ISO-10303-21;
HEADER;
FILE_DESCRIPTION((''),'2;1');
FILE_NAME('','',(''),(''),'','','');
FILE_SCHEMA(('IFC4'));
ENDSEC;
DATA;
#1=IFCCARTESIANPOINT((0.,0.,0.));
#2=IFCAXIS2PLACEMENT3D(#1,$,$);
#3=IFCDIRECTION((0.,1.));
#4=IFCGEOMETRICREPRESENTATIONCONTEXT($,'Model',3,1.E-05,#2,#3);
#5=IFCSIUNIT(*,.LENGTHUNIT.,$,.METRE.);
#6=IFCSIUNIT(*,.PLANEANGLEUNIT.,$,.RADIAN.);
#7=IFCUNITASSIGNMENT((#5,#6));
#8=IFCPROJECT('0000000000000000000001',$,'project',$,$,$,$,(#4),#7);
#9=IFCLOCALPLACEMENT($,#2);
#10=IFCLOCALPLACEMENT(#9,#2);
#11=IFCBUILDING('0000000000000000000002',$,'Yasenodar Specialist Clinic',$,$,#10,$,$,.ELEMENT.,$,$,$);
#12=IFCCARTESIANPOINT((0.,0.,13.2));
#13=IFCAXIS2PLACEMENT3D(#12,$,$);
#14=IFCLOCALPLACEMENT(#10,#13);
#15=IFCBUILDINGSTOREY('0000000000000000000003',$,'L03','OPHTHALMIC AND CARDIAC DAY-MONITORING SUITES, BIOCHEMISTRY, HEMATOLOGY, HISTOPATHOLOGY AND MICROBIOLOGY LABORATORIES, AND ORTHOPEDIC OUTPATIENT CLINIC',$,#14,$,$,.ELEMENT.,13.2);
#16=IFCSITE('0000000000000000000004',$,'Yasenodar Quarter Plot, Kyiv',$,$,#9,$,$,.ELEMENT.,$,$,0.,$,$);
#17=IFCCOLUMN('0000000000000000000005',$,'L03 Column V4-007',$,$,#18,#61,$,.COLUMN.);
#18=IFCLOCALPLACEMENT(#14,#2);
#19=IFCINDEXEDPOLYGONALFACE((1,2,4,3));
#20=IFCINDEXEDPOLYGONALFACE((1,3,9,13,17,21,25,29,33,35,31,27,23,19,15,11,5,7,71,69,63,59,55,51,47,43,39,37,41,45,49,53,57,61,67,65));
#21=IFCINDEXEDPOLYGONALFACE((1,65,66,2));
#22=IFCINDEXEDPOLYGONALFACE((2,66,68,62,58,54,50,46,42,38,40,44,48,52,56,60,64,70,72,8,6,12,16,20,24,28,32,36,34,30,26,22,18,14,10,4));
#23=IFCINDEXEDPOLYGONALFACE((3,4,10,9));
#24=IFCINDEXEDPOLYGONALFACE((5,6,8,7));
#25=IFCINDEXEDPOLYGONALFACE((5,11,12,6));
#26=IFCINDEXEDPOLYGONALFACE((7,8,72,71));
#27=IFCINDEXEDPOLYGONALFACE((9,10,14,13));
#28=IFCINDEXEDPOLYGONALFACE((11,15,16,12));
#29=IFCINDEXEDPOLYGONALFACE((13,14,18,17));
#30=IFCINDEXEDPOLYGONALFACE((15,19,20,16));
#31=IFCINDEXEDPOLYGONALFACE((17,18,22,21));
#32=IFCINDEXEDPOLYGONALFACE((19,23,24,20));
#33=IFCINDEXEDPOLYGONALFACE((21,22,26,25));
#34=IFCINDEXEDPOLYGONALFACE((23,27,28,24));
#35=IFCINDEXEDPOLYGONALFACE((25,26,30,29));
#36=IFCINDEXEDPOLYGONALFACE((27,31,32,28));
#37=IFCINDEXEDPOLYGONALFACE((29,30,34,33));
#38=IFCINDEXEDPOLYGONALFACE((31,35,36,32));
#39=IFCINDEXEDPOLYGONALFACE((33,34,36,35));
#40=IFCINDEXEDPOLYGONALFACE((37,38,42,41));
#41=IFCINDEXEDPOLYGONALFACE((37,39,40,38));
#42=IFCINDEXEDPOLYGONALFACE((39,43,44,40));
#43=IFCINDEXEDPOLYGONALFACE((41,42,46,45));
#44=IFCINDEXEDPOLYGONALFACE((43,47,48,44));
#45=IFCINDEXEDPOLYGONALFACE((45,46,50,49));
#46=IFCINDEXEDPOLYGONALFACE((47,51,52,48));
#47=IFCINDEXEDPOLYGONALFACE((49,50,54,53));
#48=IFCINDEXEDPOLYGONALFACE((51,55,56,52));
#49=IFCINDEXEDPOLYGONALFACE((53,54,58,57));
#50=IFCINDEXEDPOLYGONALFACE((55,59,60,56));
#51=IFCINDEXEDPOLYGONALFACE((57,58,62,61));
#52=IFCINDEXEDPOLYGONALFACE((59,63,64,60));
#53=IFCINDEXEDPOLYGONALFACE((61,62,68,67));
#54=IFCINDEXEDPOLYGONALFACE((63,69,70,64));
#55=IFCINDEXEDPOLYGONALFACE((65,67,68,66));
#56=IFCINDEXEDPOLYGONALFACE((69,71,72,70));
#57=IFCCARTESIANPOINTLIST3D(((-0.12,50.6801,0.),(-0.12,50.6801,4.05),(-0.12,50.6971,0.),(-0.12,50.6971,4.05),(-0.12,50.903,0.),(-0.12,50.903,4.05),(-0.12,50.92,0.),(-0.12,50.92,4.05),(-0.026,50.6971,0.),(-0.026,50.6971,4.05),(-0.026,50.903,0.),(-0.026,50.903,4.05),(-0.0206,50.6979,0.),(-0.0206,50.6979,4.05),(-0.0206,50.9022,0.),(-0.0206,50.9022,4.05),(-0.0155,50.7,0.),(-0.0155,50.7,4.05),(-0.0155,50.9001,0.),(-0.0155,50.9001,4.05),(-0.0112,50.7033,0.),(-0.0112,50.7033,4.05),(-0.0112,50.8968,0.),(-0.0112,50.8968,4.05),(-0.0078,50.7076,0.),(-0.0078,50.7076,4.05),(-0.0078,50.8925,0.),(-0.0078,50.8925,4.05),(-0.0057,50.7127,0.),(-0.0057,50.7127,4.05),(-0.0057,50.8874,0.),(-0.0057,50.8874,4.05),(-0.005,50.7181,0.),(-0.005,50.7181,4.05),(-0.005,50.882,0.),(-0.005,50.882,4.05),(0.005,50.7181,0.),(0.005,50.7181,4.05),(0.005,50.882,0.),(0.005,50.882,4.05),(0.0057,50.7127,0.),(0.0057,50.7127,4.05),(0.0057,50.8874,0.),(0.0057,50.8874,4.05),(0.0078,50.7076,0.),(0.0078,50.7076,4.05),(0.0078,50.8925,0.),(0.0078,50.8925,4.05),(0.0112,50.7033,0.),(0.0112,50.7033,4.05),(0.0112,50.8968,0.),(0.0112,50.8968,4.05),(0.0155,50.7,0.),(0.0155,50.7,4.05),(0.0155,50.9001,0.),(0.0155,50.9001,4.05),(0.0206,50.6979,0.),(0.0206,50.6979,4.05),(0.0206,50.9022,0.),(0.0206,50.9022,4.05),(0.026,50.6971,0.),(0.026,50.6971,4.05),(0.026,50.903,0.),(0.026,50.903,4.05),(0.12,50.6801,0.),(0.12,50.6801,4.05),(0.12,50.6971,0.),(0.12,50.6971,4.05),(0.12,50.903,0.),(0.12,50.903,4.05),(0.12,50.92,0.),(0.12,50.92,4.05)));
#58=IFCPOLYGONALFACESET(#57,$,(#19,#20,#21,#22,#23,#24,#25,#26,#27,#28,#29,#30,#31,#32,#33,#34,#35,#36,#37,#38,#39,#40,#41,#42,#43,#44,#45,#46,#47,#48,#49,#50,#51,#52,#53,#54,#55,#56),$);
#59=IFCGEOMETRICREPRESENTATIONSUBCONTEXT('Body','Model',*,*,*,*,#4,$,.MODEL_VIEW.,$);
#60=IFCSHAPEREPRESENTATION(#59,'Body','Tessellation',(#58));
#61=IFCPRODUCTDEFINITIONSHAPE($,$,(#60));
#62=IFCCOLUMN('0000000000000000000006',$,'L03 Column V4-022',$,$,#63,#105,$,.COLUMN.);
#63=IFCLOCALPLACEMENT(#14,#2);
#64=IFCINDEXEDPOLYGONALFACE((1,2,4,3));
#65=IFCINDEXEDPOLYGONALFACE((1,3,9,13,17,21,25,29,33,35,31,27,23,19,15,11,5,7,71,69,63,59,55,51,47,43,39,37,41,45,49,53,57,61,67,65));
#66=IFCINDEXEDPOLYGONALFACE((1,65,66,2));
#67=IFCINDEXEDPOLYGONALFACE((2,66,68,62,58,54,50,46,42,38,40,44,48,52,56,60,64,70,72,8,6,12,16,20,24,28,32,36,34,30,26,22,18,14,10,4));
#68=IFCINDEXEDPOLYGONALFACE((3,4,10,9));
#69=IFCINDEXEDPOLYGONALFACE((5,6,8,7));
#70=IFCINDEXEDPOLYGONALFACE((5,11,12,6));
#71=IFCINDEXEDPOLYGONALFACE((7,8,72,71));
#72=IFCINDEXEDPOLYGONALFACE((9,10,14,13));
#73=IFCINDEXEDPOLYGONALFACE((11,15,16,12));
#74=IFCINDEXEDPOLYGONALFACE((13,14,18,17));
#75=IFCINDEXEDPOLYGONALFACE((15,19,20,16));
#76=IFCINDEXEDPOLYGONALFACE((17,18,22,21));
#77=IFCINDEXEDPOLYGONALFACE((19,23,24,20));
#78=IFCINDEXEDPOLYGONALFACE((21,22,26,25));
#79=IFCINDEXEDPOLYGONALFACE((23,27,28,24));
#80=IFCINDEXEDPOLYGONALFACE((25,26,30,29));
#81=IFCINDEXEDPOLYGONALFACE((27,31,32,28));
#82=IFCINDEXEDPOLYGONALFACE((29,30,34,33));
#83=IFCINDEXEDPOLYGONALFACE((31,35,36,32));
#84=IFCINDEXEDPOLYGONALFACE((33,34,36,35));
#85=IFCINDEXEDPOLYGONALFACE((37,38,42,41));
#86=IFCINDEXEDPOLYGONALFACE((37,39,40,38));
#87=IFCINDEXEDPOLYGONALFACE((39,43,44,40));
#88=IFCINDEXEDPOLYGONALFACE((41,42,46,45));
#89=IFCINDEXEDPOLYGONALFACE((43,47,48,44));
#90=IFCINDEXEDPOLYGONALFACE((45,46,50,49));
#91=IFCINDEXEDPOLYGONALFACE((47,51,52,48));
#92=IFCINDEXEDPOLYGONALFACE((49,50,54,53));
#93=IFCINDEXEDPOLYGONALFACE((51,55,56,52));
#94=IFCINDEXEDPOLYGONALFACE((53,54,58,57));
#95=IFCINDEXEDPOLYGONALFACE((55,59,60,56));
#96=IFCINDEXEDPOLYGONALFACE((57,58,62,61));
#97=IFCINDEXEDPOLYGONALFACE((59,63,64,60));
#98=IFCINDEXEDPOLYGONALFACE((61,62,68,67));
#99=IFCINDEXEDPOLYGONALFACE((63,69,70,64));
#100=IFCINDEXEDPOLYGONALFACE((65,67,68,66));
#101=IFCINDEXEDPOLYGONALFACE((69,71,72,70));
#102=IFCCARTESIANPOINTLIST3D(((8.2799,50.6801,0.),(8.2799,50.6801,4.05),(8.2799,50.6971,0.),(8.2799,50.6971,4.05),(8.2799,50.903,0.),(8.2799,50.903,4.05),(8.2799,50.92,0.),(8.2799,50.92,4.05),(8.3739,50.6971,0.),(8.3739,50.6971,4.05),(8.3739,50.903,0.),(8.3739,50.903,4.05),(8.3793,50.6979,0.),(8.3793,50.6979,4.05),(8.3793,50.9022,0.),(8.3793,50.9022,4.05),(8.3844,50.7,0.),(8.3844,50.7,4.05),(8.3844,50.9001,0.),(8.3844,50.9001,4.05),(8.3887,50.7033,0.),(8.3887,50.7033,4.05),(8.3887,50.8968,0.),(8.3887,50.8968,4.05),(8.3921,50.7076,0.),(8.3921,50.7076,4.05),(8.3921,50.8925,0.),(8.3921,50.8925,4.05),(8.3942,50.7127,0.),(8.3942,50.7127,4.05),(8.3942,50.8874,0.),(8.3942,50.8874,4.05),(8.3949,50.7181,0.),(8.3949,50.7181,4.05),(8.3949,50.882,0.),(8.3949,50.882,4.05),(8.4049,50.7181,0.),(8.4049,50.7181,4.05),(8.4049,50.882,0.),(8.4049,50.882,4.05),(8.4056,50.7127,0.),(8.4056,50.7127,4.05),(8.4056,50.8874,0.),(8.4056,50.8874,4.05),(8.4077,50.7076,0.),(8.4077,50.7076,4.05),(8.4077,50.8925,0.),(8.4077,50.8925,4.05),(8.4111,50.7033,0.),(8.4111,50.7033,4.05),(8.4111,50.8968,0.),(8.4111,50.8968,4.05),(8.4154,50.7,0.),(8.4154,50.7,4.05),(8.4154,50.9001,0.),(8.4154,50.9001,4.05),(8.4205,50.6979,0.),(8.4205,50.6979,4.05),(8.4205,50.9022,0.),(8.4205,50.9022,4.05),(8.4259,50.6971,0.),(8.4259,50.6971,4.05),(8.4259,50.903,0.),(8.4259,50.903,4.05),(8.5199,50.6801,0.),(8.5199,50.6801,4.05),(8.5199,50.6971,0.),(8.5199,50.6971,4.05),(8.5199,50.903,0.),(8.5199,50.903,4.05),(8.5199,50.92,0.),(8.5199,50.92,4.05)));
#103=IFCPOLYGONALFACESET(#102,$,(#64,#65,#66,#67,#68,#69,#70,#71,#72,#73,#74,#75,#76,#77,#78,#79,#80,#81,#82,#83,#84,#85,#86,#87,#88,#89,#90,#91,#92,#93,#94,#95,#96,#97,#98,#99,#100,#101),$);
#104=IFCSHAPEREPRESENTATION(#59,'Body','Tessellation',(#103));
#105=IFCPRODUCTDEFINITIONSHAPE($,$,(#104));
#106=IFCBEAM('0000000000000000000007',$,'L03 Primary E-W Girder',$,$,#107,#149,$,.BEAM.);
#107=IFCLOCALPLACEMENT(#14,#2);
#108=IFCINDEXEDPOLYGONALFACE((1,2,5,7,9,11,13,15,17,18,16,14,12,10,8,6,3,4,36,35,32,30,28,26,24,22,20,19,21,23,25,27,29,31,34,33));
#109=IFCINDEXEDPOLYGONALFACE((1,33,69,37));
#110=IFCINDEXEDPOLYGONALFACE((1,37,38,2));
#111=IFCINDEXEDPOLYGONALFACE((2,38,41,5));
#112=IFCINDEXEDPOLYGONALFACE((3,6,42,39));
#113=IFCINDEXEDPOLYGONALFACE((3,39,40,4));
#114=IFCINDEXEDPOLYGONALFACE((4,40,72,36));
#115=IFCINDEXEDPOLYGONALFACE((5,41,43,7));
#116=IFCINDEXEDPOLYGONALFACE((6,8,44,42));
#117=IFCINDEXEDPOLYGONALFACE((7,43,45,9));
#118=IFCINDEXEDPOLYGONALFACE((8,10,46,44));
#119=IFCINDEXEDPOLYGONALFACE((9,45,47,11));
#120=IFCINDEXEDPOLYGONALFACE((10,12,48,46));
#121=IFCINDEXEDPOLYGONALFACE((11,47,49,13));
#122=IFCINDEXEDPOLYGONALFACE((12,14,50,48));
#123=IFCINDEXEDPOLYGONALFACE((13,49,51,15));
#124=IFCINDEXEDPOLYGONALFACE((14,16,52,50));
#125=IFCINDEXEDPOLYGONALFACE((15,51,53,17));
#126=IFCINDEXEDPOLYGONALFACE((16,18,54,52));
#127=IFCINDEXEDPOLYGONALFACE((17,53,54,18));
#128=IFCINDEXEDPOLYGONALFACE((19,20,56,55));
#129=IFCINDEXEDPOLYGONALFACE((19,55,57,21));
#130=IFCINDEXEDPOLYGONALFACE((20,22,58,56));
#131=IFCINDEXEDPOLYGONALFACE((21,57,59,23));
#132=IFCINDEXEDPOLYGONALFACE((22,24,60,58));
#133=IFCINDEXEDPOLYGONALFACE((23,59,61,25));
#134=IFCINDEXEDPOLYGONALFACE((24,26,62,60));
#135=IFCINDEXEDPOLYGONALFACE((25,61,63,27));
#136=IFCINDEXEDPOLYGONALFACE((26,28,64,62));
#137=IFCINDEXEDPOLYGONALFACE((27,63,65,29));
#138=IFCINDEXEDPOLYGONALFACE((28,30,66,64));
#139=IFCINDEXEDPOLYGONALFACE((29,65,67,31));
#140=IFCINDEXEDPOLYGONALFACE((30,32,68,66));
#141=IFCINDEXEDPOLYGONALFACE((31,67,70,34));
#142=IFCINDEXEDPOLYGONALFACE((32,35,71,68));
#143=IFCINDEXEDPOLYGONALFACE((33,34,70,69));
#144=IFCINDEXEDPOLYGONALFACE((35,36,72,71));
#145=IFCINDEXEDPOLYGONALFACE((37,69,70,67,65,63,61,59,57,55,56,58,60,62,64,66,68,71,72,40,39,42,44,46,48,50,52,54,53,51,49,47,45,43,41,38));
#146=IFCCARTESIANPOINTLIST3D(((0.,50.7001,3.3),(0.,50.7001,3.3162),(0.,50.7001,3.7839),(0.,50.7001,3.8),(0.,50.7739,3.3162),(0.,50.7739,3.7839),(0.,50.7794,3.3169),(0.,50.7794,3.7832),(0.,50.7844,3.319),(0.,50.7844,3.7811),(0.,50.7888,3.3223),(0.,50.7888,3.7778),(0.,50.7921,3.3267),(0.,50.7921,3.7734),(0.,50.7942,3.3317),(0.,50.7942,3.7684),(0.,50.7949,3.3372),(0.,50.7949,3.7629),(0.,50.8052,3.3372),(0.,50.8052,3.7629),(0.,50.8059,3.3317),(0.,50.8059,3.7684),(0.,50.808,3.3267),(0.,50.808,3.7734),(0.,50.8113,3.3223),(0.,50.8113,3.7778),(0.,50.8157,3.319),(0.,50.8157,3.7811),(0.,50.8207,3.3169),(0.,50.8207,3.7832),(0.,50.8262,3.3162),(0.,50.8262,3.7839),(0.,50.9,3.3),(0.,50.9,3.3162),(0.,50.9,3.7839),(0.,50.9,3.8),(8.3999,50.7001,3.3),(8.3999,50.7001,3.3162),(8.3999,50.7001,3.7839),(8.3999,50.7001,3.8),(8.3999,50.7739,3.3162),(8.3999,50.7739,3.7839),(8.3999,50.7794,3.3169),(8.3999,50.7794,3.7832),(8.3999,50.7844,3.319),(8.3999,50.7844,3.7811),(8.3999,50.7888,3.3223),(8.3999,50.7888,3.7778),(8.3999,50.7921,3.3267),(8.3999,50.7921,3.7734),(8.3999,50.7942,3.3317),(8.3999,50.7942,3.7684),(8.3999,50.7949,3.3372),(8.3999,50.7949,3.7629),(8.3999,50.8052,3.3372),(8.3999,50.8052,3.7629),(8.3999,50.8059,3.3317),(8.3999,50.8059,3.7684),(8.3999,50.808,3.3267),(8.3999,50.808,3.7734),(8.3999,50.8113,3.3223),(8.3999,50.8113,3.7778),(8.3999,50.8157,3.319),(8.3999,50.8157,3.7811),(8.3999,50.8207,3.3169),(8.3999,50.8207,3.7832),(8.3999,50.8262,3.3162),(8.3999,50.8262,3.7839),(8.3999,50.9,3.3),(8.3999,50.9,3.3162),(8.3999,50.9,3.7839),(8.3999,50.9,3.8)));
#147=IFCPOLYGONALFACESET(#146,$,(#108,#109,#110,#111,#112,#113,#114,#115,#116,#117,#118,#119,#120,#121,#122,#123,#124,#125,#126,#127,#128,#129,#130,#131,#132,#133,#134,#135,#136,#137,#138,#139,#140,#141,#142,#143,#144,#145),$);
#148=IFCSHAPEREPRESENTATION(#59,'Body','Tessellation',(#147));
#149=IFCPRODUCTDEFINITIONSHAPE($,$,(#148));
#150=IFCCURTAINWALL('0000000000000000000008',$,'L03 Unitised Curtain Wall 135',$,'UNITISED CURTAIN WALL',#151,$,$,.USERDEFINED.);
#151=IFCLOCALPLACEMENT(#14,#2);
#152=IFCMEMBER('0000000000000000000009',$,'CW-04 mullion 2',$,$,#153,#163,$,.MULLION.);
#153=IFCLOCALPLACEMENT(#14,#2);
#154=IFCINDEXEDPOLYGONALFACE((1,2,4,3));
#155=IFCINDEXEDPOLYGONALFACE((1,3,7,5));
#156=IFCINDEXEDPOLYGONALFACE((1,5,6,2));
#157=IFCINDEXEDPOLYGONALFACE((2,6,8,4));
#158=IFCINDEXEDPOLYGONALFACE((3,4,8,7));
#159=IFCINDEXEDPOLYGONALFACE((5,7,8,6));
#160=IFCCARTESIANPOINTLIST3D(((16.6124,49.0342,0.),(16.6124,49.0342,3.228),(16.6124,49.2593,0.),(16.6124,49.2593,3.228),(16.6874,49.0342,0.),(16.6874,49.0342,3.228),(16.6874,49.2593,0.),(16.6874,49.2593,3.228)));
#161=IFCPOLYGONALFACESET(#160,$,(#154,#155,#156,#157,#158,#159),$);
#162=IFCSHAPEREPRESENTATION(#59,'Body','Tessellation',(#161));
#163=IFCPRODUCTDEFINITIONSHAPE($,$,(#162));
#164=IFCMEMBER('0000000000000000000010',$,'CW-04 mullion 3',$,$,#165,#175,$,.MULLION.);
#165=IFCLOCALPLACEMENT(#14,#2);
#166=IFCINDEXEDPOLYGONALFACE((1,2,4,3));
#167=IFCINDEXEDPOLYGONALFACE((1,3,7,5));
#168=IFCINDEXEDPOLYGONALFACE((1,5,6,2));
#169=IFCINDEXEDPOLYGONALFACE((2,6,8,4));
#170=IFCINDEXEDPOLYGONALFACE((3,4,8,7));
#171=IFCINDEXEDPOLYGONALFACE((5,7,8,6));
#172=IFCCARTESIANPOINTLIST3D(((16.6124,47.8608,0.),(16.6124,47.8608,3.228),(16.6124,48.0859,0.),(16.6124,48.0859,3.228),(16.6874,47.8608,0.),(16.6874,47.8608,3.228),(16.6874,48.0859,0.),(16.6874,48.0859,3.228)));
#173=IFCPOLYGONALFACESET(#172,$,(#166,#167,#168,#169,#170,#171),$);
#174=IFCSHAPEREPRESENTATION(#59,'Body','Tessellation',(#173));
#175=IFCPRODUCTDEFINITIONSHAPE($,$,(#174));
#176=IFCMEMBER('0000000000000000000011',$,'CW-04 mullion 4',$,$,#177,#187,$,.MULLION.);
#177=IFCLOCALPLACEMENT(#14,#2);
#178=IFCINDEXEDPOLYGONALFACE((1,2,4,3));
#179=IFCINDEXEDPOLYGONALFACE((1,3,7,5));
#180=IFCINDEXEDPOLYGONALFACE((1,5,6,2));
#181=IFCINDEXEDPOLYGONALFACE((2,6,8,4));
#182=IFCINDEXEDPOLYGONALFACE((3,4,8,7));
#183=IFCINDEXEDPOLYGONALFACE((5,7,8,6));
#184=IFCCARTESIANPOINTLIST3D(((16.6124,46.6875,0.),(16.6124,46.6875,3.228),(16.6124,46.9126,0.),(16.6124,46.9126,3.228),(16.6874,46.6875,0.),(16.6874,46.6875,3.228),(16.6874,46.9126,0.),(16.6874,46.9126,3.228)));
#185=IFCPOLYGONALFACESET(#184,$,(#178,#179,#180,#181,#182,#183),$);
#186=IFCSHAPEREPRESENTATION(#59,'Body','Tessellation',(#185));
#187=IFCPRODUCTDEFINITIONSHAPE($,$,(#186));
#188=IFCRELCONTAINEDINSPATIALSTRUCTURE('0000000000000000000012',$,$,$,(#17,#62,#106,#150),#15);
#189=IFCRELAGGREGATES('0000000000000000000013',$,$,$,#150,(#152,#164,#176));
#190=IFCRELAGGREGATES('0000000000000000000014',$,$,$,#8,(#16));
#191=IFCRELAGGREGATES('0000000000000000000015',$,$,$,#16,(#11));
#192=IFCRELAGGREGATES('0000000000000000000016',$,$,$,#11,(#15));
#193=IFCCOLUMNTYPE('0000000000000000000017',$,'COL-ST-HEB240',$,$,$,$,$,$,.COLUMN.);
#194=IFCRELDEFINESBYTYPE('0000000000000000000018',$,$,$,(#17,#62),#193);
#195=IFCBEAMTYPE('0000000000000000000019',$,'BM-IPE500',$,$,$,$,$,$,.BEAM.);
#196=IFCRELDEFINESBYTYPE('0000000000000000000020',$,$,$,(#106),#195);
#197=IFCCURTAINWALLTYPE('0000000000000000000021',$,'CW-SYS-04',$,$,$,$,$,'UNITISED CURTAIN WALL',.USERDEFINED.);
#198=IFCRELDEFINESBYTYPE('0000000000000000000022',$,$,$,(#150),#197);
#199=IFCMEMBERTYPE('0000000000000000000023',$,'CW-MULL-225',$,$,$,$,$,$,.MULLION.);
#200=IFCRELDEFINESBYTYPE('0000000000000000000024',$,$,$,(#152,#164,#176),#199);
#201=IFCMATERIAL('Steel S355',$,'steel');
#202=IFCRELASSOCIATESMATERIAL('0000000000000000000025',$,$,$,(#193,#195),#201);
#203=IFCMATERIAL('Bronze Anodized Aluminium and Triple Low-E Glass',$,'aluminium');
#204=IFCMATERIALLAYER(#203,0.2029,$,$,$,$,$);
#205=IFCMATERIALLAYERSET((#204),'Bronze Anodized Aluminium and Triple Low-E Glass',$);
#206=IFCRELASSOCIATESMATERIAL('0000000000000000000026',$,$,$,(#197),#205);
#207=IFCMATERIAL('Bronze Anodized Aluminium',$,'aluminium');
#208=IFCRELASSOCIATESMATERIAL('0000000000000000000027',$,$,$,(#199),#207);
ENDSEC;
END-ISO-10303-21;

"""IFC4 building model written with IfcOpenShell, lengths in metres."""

from ifc_helpers import new_model, si_unit, direction, frame, origin, origin_2d, place, context, subcontext, project, spatial, rectangle, i_section, extrude, material, layer, layer_set, material_profile, profile_set, type_object, element, aggregate, save


model = new_model("IFC4")

# Units and contexts
model_context = context("Model", 3, precision=1e-05, world=origin(), true_north=direction((0.0, 1.0)))
body_context = subcontext(model_context, "Body", "Model", "MODEL_VIEW")
ifc_project = project(units=[si_unit("LENGTHUNIT", "METRE"), si_unit("PLANEANGLEUNIT", "RADIAN")], contexts=[model_context])

# Site, building, storey
site_placement = place(None, origin())
site = spatial("IfcSite", under=ifc_project, at=site_placement, Name="Yasenodar Quarter Plot, Kyiv", CompositionType="ELEMENT", RefElevation=0.0)
building_placement = place(site_placement, origin())
building = spatial("IfcBuilding", under=site, at=building_placement, Name="Yasenodar Specialist Clinic", CompositionType="ELEMENT")
storey_placement = place(building_placement, frame((0.0, 0.0, 13.2)))
storey = spatial("IfcBuildingStorey", under=building, at=storey_placement, Name="L03", Description="OPHTHALMIC AND CARDIAC DAY-MONITORING SUITES, BIOCHEMISTRY, HEMATOLOGY, HISTOPATHOLOGY AND MICROBIOLOGY LABORATORIES, AND ORTHOPEDIC OUTPATIENT CLINIC", CompositionType="ELEMENT", Elevation=13.2)

# Columns
ifc_material_1 = material(Name="Steel S355", Category="steel")
ifc_material_profile_1 = material_profile(ifc_material_1, i_section(OverallWidth=0.24, OverallDepth=0.24, WebThickness=0.01, FlangeThickness=0.0171, FilletRadius=0.021, at=origin_2d()), Name="HEB 240")
ifc_profile_set_1 = profile_set([ifc_material_profile_1], Name="Steel S355")
column_type = type_object("IfcColumnType", Name="COL-ST-HEB240", PredefinedType="COLUMN", material=ifc_profile_set_1)
for number, where, z_axis, x_axis, name in (
    (1, (0.0, 50.8, 0.0), (0.0, 0.0, 1.0), (1.0, 0.0, 0.0), "L03 Column V4-007"),
    (2, (8.3999, 50.8, 0.0), (0.0, 0.0, 1.0), (1.0, 0.0, 0.0), "L03 Column V4-022"),
):
    element("IfcColumn", number, at=place(storey_placement, frame(where, z_axis=z_axis, x_axis=x_axis)), inside=storey, type_object=column_type, Name=name, PredefinedType="COLUMN", context=body_context, shape_type="SweptSolid", body=[
        extrude(i_section(OverallWidth=0.24, OverallDepth=0.24, WebThickness=0.01, FlangeThickness=0.0171, FilletRadius=0.021, at=origin_2d()), origin(), (0.0, 0.0, 1.0), 4.05),
    ])

# Beam
ifc_material_profile_2 = material_profile(ifc_material_1, i_section(OverallWidth=0.2, OverallDepth=0.5, WebThickness=0.0103, FlangeThickness=0.0161, FilletRadius=0.021, at=origin_2d()), Name="IPE 500")
ifc_profile_set_2 = profile_set([ifc_material_profile_2], Name="Steel S355")
beam_type_1 = type_object("IfcBeamType", Name="BM-IPE500", PredefinedType="BEAM", material=ifc_profile_set_2)
beam_1_placement = place(storey_placement, frame((0.0, 50.8, 3.55), z_axis=(1.0, 0.0, 0.0), x_axis=(0.0, 1.0, 0.0)))
element("IfcBeam", 3, at=beam_1_placement, inside=storey, type_object=beam_type_1, Name="L03 Primary E-W Girder", PredefinedType="BEAM", context=body_context, shape_type="SweptSolid", body=[
    extrude(i_section(OverallWidth=0.2, OverallDepth=0.5, WebThickness=0.0103, FlangeThickness=0.0161, FilletRadius=0.021, at=origin_2d()), origin(), (0.0, 0.0, 1.0), 8.3999),
])

# Curtain wall, members
ifc_material_2 = material(Name="Bronze Anodized Aluminium and Triple Low-E Glass", Category="aluminium")
ifc_layer_1 = layer(ifc_material_2, 0.2029)
ifc_layer_set_1 = layer_set([ifc_layer_1], Name="Bronze Anodized Aluminium and Triple Low-E Glass")
curtain_wall_type = type_object("IfcCurtainWallType", Name="CW-SYS-04", ElementType="UNITISED CURTAIN WALL", PredefinedType="USERDEFINED", material=ifc_layer_set_1)
curtain_wall_placement = place(storey_placement, origin())
curtain_wall = element("IfcCurtainWall", 4, at=curtain_wall_placement, inside=storey, type_object=curtain_wall_type, Name="L03 Unitised Curtain Wall 135", ObjectType="UNITISED CURTAIN WALL", PredefinedType="USERDEFINED")
ifc_material_3 = material(Name="Bronze Anodized Aluminium", Category="aluminium")
ifc_material_profile_3 = material_profile(ifc_material_3, rectangle(XDim=0.075, YDim=0.2251, at=origin_2d()), Name="CW-MULL 75x225")
ifc_profile_set_3 = profile_set([ifc_material_profile_3], Name="Bronze Anodized Aluminium")
member_type_1 = type_object("IfcMemberType", Name="CW-MULL-225", PredefinedType="MULLION", material=ifc_profile_set_3)
member_1_placement = place(storey_placement, frame((16.6499, 49.1467, 0.0), z_axis=(0.0, 0.0, 1.0), x_axis=(1.0, 0.0, 0.0)))
member_1 = element("IfcMember", 5, at=member_1_placement, type_object=member_type_1, Name="CW-04 mullion 2", PredefinedType="MULLION", context=body_context, shape_type="SweptSolid", body=[
    extrude(rectangle(XDim=0.075, YDim=0.2251, at=origin_2d()), origin(), (0.0, 0.0, 1.0), 3.228),
])
member_2_placement = place(storey_placement, frame((16.6499, 47.9734, 0.0), z_axis=(0.0, 0.0, 1.0), x_axis=(1.0, 0.0, 0.0)))
member_2 = element("IfcMember", 6, at=member_2_placement, type_object=member_type_1, Name="CW-04 mullion 3", PredefinedType="MULLION", context=body_context, shape_type="SweptSolid", body=[
    extrude(rectangle(XDim=0.075, YDim=0.2251, at=origin_2d()), origin(), (0.0, 0.0, 1.0), 3.228),
])
member_3_placement = place(storey_placement, frame((16.6499, 46.8, 0.0), z_axis=(0.0, 0.0, 1.0), x_axis=(1.0, 0.0, 0.0)))
member_3 = element("IfcMember", 7, at=member_3_placement, type_object=member_type_1, Name="CW-04 mullion 4", PredefinedType="MULLION", context=body_context, shape_type="SweptSolid", body=[
    extrude(rectangle(XDim=0.075, YDim=0.2251, at=origin_2d()), origin(), (0.0, 0.0, 1.0), 3.228),
])

aggregate(curtain_wall, [member_1, member_2, member_3])

save(model, "model.ifc")
